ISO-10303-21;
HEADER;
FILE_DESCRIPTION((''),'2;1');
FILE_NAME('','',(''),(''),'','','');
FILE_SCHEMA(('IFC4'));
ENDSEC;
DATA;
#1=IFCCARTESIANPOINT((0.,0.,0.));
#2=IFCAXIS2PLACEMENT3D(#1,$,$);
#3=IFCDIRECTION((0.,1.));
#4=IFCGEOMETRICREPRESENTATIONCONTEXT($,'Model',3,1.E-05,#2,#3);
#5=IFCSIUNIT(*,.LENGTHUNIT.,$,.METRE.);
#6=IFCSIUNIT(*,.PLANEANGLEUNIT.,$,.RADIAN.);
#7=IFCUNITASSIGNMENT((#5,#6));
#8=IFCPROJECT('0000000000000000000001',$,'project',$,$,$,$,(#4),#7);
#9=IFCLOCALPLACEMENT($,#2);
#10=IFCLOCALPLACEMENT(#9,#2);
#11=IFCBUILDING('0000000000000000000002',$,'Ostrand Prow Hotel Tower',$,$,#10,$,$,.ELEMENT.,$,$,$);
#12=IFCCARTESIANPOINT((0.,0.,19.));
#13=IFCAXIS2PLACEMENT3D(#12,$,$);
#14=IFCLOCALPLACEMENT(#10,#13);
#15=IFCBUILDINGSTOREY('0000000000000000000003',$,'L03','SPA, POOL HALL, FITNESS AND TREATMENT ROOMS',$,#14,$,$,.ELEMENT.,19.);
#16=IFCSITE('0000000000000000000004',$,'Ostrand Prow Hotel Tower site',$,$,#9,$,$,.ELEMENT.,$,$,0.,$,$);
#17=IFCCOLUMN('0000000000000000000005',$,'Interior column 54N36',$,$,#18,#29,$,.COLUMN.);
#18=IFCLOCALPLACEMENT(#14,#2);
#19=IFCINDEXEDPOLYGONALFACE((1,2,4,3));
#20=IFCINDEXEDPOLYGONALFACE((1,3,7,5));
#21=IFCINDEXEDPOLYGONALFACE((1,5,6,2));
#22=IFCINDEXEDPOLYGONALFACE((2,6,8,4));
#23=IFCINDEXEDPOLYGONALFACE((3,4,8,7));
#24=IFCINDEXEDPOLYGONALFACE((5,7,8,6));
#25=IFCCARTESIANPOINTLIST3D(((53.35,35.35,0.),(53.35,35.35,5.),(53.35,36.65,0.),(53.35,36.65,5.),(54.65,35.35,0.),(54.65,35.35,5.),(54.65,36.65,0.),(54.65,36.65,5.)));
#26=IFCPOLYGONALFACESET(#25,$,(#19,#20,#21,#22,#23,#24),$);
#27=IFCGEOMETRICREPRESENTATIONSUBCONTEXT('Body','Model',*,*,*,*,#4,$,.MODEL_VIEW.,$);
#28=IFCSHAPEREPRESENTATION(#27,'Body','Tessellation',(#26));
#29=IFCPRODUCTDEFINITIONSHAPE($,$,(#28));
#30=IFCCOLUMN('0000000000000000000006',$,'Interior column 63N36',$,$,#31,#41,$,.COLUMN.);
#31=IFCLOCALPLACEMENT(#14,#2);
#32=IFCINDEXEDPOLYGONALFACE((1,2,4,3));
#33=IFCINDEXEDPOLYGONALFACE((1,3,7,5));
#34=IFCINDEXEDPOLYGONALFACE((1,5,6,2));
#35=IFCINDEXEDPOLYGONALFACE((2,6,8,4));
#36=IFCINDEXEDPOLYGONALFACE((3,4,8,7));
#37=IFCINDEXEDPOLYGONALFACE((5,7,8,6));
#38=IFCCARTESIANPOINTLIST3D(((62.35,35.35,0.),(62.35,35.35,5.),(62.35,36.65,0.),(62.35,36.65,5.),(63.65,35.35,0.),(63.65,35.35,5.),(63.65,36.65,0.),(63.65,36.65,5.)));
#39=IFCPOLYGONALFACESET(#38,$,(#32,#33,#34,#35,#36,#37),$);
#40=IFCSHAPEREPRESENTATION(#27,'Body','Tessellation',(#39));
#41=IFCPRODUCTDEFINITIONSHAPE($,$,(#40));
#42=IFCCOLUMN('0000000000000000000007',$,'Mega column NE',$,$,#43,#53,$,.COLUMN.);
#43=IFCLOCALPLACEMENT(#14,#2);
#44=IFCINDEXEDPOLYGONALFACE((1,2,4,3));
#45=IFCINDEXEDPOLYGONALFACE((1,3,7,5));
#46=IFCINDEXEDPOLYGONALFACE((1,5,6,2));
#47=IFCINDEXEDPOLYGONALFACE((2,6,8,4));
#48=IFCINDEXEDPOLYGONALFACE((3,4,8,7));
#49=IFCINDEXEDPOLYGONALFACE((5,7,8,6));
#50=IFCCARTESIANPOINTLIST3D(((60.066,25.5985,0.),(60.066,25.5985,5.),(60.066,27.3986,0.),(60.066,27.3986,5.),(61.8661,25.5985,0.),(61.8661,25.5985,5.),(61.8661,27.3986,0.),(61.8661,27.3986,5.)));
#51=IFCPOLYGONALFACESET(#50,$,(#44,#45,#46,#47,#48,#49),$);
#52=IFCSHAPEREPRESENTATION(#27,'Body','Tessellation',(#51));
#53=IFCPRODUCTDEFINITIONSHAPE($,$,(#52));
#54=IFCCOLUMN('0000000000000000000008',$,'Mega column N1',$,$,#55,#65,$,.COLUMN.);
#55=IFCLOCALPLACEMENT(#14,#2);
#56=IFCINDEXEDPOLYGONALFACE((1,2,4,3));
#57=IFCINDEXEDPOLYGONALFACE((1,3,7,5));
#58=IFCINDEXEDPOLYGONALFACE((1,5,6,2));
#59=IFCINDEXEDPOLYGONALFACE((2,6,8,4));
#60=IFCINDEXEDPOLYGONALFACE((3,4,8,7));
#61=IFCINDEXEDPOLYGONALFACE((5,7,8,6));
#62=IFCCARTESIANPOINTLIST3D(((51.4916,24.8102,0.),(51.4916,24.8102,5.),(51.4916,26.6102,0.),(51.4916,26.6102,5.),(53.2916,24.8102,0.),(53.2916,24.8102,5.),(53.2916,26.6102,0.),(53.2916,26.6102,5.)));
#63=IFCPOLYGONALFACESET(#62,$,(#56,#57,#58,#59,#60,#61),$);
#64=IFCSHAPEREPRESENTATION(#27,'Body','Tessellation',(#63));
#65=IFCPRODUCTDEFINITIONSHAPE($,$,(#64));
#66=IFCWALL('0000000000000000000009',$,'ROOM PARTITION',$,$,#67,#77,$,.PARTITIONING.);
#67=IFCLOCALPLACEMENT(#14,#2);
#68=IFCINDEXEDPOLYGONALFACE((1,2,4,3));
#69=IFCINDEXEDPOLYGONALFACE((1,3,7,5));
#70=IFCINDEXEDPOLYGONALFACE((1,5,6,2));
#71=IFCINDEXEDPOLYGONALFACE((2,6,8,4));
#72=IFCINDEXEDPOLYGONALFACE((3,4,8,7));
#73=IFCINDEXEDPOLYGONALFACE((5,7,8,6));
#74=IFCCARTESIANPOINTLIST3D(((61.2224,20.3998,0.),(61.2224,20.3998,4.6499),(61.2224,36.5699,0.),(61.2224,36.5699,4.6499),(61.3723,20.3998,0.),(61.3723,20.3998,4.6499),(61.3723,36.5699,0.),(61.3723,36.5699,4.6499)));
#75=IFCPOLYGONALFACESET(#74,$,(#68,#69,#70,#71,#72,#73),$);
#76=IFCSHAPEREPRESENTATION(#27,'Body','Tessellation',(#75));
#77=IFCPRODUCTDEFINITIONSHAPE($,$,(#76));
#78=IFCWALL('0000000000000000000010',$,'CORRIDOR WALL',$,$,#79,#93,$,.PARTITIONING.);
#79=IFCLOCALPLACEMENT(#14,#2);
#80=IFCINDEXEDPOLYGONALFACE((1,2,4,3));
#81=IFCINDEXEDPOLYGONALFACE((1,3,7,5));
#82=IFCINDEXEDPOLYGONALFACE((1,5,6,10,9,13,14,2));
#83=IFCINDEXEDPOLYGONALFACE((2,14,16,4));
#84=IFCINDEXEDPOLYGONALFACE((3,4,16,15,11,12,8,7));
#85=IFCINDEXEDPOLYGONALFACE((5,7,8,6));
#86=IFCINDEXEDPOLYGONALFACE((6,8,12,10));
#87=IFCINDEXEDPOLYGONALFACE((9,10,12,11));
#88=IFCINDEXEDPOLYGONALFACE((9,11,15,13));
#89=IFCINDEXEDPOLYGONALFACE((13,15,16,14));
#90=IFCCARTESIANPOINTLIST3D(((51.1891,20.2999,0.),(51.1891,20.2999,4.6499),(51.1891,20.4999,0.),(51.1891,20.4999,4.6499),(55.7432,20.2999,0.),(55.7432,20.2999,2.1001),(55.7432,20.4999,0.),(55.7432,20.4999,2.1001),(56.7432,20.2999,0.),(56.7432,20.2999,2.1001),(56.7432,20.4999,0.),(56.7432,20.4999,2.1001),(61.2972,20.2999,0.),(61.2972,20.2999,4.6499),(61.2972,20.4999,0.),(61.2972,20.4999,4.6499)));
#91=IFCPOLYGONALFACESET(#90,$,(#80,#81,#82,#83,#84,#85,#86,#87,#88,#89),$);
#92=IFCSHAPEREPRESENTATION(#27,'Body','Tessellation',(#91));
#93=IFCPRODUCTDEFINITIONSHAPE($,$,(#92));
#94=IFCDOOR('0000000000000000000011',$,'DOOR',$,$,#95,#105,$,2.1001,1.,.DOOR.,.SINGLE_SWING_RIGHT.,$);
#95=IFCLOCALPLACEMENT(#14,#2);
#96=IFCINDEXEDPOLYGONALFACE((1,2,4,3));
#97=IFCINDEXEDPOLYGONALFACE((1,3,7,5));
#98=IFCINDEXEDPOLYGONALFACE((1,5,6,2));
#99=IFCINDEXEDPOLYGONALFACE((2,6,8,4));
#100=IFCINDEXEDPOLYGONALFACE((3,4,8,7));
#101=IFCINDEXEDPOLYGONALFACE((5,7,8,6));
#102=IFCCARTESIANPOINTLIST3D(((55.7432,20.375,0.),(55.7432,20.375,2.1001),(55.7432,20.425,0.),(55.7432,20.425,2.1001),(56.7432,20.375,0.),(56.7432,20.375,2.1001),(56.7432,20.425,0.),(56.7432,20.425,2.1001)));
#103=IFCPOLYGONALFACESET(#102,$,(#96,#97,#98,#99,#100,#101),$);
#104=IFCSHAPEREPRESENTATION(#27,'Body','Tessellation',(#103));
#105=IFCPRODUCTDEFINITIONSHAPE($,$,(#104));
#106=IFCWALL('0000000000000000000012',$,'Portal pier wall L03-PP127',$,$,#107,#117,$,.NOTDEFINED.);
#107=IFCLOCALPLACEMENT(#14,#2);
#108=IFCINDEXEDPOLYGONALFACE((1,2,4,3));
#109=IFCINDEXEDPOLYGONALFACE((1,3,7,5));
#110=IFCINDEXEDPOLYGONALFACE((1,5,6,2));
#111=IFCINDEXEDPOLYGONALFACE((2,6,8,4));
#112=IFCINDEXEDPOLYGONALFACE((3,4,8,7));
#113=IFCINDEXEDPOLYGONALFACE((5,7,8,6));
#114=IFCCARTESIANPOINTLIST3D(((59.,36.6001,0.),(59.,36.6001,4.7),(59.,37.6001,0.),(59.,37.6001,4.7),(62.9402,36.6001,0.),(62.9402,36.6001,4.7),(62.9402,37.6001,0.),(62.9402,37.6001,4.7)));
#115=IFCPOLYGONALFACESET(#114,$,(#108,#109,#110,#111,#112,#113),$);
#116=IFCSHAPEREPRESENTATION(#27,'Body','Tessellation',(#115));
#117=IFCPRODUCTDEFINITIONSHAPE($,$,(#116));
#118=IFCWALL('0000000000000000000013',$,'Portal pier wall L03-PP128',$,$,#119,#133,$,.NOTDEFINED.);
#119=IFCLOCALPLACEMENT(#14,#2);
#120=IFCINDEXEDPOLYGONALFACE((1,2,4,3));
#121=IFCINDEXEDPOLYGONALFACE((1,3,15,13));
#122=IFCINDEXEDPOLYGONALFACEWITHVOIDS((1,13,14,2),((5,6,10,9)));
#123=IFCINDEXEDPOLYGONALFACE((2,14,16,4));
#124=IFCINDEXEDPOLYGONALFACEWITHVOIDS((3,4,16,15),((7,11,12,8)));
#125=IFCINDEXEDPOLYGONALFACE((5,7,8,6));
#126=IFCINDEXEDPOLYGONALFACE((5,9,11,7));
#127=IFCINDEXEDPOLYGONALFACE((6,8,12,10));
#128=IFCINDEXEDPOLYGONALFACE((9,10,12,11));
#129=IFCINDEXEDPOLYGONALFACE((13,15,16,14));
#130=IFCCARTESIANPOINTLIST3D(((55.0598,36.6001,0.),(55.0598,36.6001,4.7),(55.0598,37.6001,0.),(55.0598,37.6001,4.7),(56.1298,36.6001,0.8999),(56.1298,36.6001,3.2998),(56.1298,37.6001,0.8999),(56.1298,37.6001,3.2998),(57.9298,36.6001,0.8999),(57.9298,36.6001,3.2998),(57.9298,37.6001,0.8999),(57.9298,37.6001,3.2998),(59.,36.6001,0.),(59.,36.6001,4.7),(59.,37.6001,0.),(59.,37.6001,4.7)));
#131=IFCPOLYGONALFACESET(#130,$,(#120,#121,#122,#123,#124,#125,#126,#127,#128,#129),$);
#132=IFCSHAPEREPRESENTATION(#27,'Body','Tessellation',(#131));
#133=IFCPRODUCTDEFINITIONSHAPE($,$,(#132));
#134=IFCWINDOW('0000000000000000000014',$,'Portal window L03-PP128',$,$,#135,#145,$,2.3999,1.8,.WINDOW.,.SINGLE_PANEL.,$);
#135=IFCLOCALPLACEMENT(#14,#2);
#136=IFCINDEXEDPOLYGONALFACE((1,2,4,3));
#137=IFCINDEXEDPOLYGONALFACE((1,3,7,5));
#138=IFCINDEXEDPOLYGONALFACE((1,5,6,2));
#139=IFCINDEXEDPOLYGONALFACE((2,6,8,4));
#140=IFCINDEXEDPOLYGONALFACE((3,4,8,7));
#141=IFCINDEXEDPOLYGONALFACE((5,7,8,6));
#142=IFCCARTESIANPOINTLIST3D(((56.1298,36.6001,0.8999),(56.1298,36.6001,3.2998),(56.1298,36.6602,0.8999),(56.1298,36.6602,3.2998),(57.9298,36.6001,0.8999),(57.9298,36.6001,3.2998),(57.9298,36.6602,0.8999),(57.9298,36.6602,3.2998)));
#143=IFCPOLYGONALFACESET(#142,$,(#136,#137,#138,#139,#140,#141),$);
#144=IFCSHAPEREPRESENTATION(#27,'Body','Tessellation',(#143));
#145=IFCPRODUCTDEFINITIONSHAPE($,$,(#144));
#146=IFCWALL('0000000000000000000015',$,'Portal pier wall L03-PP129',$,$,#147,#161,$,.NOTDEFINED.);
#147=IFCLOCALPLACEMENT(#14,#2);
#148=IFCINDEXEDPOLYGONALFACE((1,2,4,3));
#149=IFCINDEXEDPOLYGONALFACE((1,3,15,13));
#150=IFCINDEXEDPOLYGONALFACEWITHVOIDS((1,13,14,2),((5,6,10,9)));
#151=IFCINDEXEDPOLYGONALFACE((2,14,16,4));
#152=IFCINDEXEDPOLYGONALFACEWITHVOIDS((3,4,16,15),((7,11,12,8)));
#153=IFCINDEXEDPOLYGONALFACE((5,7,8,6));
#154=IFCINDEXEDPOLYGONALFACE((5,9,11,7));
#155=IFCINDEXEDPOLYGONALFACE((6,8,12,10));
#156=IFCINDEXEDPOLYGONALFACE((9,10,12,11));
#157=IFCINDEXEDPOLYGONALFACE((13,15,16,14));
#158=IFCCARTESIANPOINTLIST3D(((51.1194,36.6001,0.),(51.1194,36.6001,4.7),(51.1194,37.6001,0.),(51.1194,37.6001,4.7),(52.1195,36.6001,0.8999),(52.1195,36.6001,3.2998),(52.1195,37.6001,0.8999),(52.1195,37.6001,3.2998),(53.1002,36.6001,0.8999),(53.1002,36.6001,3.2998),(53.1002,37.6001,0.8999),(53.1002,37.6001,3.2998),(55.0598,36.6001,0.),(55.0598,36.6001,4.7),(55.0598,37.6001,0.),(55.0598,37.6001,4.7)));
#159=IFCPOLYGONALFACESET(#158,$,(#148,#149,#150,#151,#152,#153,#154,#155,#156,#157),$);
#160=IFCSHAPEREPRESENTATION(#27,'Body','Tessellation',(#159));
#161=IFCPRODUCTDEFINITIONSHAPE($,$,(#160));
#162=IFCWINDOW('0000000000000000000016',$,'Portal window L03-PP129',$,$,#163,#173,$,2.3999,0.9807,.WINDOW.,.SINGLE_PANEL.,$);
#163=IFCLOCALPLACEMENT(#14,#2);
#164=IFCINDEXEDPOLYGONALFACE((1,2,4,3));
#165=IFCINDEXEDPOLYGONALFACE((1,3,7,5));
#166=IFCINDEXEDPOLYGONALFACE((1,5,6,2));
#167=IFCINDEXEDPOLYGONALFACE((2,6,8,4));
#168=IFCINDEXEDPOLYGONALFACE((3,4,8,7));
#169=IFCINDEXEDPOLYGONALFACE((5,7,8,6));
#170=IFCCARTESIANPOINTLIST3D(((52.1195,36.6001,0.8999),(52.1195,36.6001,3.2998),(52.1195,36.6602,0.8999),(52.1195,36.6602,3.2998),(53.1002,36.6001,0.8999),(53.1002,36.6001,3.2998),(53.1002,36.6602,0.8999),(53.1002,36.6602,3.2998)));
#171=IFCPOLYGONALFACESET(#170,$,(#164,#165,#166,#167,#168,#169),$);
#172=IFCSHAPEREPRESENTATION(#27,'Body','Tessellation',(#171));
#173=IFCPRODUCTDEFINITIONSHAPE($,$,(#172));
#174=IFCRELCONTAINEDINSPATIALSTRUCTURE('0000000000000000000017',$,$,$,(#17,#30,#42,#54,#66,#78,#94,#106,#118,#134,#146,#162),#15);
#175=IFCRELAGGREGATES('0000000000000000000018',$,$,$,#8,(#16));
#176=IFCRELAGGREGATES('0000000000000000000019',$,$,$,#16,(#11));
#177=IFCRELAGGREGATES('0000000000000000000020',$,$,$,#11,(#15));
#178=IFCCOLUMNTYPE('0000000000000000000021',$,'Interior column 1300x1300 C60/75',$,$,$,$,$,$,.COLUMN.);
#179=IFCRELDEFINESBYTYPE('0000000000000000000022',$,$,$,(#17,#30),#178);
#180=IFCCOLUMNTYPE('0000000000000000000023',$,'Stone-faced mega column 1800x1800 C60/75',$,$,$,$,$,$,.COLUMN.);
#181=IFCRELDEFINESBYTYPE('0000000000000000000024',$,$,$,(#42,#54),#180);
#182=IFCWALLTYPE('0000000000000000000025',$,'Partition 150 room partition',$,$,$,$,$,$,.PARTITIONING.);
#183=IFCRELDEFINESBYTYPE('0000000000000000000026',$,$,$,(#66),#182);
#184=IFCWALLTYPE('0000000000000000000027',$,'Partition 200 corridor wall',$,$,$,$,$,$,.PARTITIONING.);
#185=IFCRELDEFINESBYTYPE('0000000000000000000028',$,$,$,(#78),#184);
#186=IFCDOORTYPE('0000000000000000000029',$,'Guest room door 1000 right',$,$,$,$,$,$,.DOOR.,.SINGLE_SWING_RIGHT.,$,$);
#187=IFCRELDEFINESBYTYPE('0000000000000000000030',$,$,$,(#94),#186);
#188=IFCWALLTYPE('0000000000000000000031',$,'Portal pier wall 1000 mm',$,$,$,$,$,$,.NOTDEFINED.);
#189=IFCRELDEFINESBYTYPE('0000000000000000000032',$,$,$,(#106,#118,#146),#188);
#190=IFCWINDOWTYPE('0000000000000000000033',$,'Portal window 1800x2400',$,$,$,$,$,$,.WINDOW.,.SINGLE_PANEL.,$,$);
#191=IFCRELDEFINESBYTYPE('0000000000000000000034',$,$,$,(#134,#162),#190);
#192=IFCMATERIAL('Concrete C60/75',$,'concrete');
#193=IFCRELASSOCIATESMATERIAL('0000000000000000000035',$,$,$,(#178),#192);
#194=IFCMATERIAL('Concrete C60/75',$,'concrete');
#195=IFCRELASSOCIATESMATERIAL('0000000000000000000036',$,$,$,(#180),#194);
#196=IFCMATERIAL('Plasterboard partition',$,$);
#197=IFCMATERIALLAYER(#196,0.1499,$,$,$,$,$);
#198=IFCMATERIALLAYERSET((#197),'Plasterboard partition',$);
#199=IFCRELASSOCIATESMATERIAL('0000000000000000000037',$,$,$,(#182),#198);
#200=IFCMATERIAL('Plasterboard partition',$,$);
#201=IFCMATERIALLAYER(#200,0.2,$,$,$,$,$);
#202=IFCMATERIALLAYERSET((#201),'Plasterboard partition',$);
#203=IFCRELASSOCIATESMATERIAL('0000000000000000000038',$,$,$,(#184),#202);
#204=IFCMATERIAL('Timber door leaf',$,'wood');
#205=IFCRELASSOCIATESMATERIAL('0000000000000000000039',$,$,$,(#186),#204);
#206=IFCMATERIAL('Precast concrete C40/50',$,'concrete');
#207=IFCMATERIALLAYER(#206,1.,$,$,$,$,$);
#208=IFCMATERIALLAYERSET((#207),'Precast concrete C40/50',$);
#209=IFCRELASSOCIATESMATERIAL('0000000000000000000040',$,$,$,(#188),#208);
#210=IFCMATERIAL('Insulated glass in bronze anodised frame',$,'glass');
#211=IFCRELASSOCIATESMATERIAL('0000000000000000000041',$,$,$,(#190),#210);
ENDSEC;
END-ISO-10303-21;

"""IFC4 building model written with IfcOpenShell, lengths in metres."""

from ifc_helpers import new_model, si_unit, direction, frame, frame_2d, origin, origin_2d, place, context, subcontext, project, spatial, polyline, rectangle, outline, extrude, material, layer, layer_set, material_profile, profile_set, type_object, element, fill, save


model = new_model("IFC4")

# Units and contexts
model_context = context("Model", 3, precision=1e-05, world=origin(), true_north=direction((0.0, 1.0)))
body_context = subcontext(model_context, "Body", "Model", "MODEL_VIEW")
ifc_project = project(units=[si_unit("LENGTHUNIT", "METRE"), si_unit("PLANEANGLEUNIT", "RADIAN")], contexts=[model_context])

# Site, building, storey
site_placement = place(None, origin())
site = spatial("IfcSite", under=ifc_project, at=site_placement, Name="Ostrand Prow Hotel Tower site", CompositionType="ELEMENT", RefElevation=0.0)
building_placement = place(site_placement, origin())
building = spatial("IfcBuilding", under=site, at=building_placement, Name="Ostrand Prow Hotel Tower", CompositionType="ELEMENT")
storey_placement = place(building_placement, frame((0.0, 0.0, 19.0)))
storey = spatial("IfcBuildingStorey", under=building, at=storey_placement, Name="L03", Description="SPA, POOL HALL, FITNESS AND TREATMENT ROOMS", CompositionType="ELEMENT", Elevation=19.0)

# Columns
ifc_material_1 = material(Name="Concrete C60/75", Category="concrete")
ifc_material_profile_1 = material_profile(ifc_material_1, rectangle(XDim=1.3, YDim=1.3, at=origin_2d()), Name="RC 1300x1300")
ifc_profile_set_1 = profile_set([ifc_material_profile_1], Name="Concrete C60/75")
column_type_1 = type_object("IfcColumnType", Name="Interior column 1300x1300 C60/75", PredefinedType="COLUMN", material=ifc_profile_set_1)
for number, where, z_axis, x_axis, name in (
    (1, (54.0, 36.0, 0.0), (0.0, 0.0, 1.0), (1.0, 0.0, 0.0), "Interior column 54N36"),
    (2, (63.0, 36.0, 0.0), (0.0, 0.0, 1.0), (1.0, 0.0, 0.0), "Interior column 63N36"),
):
    element("IfcColumn", number, at=place(storey_placement, frame(where, z_axis=z_axis, x_axis=x_axis)), inside=storey, type_object=column_type_1, Name=name, PredefinedType="COLUMN", context=body_context, shape_type="SweptSolid", body=[
        extrude(rectangle(XDim=1.3, YDim=1.3, at=origin_2d()), origin(), (0.0, 0.0, 1.0), 5.0),
    ])
ifc_material_2 = material(Name="Concrete C60/75", Category="concrete")
ifc_material_profile_2 = material_profile(ifc_material_2, rectangle(XDim=1.8, YDim=1.8, at=origin_2d()), Name="RC 1800x1800")
ifc_profile_set_2 = profile_set([ifc_material_profile_2], Name="Concrete C60/75")
column_type_2 = type_object("IfcColumnType", Name="Stone-faced mega column 1800x1800 C60/75", PredefinedType="COLUMN", material=ifc_profile_set_2)
for number, where, z_axis, x_axis, name in (
    (3, (60.9661, 26.4985, 0.0), (0.0, 0.0, 1.0), (1.0, 0.0, 0.0), "Mega column NE"),
    (4, (52.3916, 25.7102, 0.0), (0.0, 0.0, 1.0), (1.0, 0.0, 0.0), "Mega column N1"),
):
    element("IfcColumn", number, at=place(storey_placement, frame(where, z_axis=z_axis, x_axis=x_axis)), inside=storey, type_object=column_type_2, Name=name, PredefinedType="COLUMN", context=body_context, shape_type="SweptSolid", body=[
        extrude(rectangle(XDim=1.8, YDim=1.8, at=origin_2d()), origin(), (0.0, 0.0, 1.0), 5.0),
    ])

# Wall
ifc_material_3 = material(Name="Plasterboard partition")
ifc_layer_1 = layer(ifc_material_3, 0.1499)
ifc_layer_set_1 = layer_set([ifc_layer_1], Name="Plasterboard partition")
wall_type_1 = type_object("IfcWallType", Name="Partition 150 room partition", PredefinedType="PARTITIONING", material=ifc_layer_set_1)
wall_1_placement = place(storey_placement, frame((61.2974, 20.3999, 0.0), z_axis=(0.0, 0.0, 1.0), x_axis=(0.0, 1.0, 0.0)))
element("IfcWall", 5, at=wall_1_placement, inside=storey, type_object=wall_type_1, Name="ROOM PARTITION", PredefinedType="PARTITIONING", context=body_context, shape_type="SweptSolid", body=[
    extrude(rectangle(XDim=16.1702, YDim=0.1499, at=frame_2d((8.085, 0.0))), origin(), (0.0, 0.0, 1.0), 4.6499),
])

# Wall, opening, door
ifc_material_4 = material(Name="Plasterboard partition")
ifc_layer_2 = layer(ifc_material_4, 0.2)
ifc_layer_set_2 = layer_set([ifc_layer_2], Name="Plasterboard partition")
wall_type_2 = type_object("IfcWallType", Name="Partition 200 corridor wall", PredefinedType="PARTITIONING", material=ifc_layer_set_2)
wall_2_placement = place(storey_placement, frame((61.2974, 20.3999, 0.0), z_axis=(0.0, 0.0, 1.0), x_axis=(-1.0, 0.0, 0.0)))
wall_2 = element("IfcWall", 6, at=wall_2_placement, inside=storey, type_object=wall_type_2, Name="CORRIDOR WALL", PredefinedType="PARTITIONING", context=body_context, shape_type="SweptSolid", body=[
    extrude(rectangle(XDim=10.1082, YDim=0.2, at=frame_2d((5.0542, 0.0))), origin(), (0.0, 0.0, 1.0), 4.6499),
])
opening_1_placement = place(wall_2_placement, frame((4.5542, 0.0, 0.0)))
opening_1 = element("IfcOpeningElement", 7, at=opening_1_placement, cuts=wall_2, PredefinedType="OPENING", context=body_context, shape_type="SweptSolid", body=[
    extrude(rectangle(XDim=1.0, YDim=2.1001, at=frame_2d((0.5, 1.05))), frame((0.0, 0.1099, 0.0), z_axis=(0.0, -1.0, 0.0), x_axis=(1.0, 0.0, 0.0)), (0.0, 0.0, 1.0), 0.22),
])
ifc_material_5 = material(Name="Timber door leaf", Category="wood")
door_type = type_object("IfcDoorType", Name="Guest room door 1000 right", OperationType="SINGLE_SWING_RIGHT", PredefinedType="DOOR", material=ifc_material_5)
door_placement = place(opening_1_placement, origin())
door = element("IfcDoor", 8, at=door_placement, inside=storey, type_object=door_type, Name="DOOR", OperationType="SINGLE_SWING_RIGHT", OverallHeight=2.1001, OverallWidth=1.0, PredefinedType="DOOR", context=body_context, shape_type="SweptSolid", body=[
    extrude(rectangle(XDim=1.0, YDim=2.1001, at=frame_2d((0.5, 1.05))), frame((0.0, 0.0249, 0.0), z_axis=(0.0, -1.0, 0.0), x_axis=(1.0, 0.0, 0.0)), (0.0, 0.0, 1.0), 0.05),
])
fill(opening_1, door)

# Wall
ifc_material_6 = material(Name="Precast concrete C40/50", Category="concrete")
ifc_layer_3 = layer(ifc_material_6, 1.0)
ifc_layer_set_3 = layer_set([ifc_layer_3], Name="Precast concrete C40/50")
wall_type_3 = type_object("IfcWallType", Name="Portal pier wall 1000 mm", PredefinedType="NOTDEFINED", material=ifc_layer_set_3)
wall_3_placement = place(storey_placement, frame((62.9402, 37.1001, 0.0), z_axis=(0.0, 0.0, 1.0), x_axis=(-1.0, 0.0, 0.0)))
element("IfcWall", 9, at=wall_3_placement, inside=storey, type_object=wall_type_3, Name="Portal pier wall L03-PP127", PredefinedType="NOTDEFINED", context=body_context, shape_type="SweptSolid", body=[
    extrude(outline(polyline([(0.0, -0.5), (3.9402, -0.5), (3.9402, 0.5), (0.0, 0.5), (0.0, -0.5)])), origin(), (0.0, 0.0, 1.0), 4.7),
])

# Walls, openings, windows
wall_4_placement = place(storey_placement, frame((59.0, 37.1001, 0.0), z_axis=(0.0, 0.0, 1.0), x_axis=(-1.0, 0.0, 0.0)))
wall_4 = element("IfcWall", 10, at=wall_4_placement, inside=storey, type_object=wall_type_3, Name="Portal pier wall L03-PP128", PredefinedType="NOTDEFINED", context=body_context, shape_type="SweptSolid", body=[
    extrude(outline(polyline([(0.0, -0.5), (3.9402, -0.5), (3.9402, 0.5), (0.0, 0.5), (0.0, -0.5)])), origin(), (0.0, 0.0, 1.0), 4.7),
])
opening_2_placement = place(wall_4_placement, frame((1.0703, 0.0, 0.8999)))
opening_2 = element("IfcOpeningElement", 11, at=opening_2_placement, cuts=wall_4, PredefinedType="OPENING", context=body_context, shape_type="SweptSolid", body=[
    extrude(rectangle(XDim=1.8, YDim=2.3999, at=frame_2d((0.8999, 1.2))), frame((0.0, 0.51, 0.0), z_axis=(0.0, -1.0, 0.0), x_axis=(1.0, 0.0, 0.0)), (0.0, 0.0, 1.0), 1.02),
])
ifc_material_7 = material(Name="Insulated glass in bronze anodised frame", Category="glass")
window_type = type_object("IfcWindowType", Name="Portal window 1800x2400", PartitioningType="SINGLE_PANEL", PredefinedType="WINDOW", material=ifc_material_7)
window_1_placement = place(opening_2_placement, origin())
window_1 = element("IfcWindow", 12, at=window_1_placement, inside=storey, type_object=window_type, Name="Portal window L03-PP128", OverallHeight=2.3999, OverallWidth=1.8, PartitioningType="SINGLE_PANEL", PredefinedType="WINDOW", context=body_context, shape_type="SweptSolid", body=[
    extrude(rectangle(XDim=1.8, YDim=2.3999, at=frame_2d((0.8999, 1.2))), frame((0.0, 0.5, 0.0), z_axis=(0.0, -1.0, 0.0), x_axis=(1.0, 0.0, 0.0)), (0.0, 0.0, 1.0), 0.0601),
])
fill(opening_2, window_1)
wall_5_placement = place(storey_placement, frame((55.0598, 37.1001, 0.0), z_axis=(0.0, 0.0, 1.0), x_axis=(-1.0, 0.0, 0.0)))
wall_5 = element("IfcWall", 13, at=wall_5_placement, inside=storey, type_object=wall_type_3, Name="Portal pier wall L03-PP129", PredefinedType="NOTDEFINED", context=body_context, shape_type="SweptSolid", body=[
    extrude(outline(polyline([(0.0, -0.5), (3.9404, -0.5), (3.9404, 0.5), (0.0, 0.5), (0.0, -0.5)])), origin(), (0.0, 0.0, 1.0), 4.7),
])
opening_3_placement = place(wall_5_placement, frame((1.9597, 0.0, 0.8999)))
opening_3 = element("IfcOpeningElement", 14, at=opening_3_placement, cuts=wall_5, PredefinedType="OPENING", context=body_context, shape_type="SweptSolid", body=[
    extrude(rectangle(XDim=0.9807, YDim=2.3999, at=frame_2d((0.4902, 1.2))), frame((0.0, 0.51, 0.0), z_axis=(0.0, -1.0, 0.0), x_axis=(1.0, 0.0, 0.0)), (0.0, 0.0, 1.0), 1.02),
])
window_2_placement = place(opening_3_placement, origin())
window_2 = element("IfcWindow", 15, at=window_2_placement, inside=storey, type_object=window_type, Name="Portal window L03-PP129", OverallHeight=2.3999, OverallWidth=0.9807, PartitioningType="SINGLE_PANEL", PredefinedType="WINDOW", context=body_context, shape_type="SweptSolid", body=[
    extrude(rectangle(XDim=0.9807, YDim=2.3999, at=frame_2d((0.4902, 1.2))), frame((0.0, 0.5, 0.0), z_axis=(0.0, -1.0, 0.0), x_axis=(1.0, 0.0, 0.0)), (0.0, 0.0, 1.0), 0.0601),
])
fill(opening_3, window_2)

save(model, "model.ifc")
